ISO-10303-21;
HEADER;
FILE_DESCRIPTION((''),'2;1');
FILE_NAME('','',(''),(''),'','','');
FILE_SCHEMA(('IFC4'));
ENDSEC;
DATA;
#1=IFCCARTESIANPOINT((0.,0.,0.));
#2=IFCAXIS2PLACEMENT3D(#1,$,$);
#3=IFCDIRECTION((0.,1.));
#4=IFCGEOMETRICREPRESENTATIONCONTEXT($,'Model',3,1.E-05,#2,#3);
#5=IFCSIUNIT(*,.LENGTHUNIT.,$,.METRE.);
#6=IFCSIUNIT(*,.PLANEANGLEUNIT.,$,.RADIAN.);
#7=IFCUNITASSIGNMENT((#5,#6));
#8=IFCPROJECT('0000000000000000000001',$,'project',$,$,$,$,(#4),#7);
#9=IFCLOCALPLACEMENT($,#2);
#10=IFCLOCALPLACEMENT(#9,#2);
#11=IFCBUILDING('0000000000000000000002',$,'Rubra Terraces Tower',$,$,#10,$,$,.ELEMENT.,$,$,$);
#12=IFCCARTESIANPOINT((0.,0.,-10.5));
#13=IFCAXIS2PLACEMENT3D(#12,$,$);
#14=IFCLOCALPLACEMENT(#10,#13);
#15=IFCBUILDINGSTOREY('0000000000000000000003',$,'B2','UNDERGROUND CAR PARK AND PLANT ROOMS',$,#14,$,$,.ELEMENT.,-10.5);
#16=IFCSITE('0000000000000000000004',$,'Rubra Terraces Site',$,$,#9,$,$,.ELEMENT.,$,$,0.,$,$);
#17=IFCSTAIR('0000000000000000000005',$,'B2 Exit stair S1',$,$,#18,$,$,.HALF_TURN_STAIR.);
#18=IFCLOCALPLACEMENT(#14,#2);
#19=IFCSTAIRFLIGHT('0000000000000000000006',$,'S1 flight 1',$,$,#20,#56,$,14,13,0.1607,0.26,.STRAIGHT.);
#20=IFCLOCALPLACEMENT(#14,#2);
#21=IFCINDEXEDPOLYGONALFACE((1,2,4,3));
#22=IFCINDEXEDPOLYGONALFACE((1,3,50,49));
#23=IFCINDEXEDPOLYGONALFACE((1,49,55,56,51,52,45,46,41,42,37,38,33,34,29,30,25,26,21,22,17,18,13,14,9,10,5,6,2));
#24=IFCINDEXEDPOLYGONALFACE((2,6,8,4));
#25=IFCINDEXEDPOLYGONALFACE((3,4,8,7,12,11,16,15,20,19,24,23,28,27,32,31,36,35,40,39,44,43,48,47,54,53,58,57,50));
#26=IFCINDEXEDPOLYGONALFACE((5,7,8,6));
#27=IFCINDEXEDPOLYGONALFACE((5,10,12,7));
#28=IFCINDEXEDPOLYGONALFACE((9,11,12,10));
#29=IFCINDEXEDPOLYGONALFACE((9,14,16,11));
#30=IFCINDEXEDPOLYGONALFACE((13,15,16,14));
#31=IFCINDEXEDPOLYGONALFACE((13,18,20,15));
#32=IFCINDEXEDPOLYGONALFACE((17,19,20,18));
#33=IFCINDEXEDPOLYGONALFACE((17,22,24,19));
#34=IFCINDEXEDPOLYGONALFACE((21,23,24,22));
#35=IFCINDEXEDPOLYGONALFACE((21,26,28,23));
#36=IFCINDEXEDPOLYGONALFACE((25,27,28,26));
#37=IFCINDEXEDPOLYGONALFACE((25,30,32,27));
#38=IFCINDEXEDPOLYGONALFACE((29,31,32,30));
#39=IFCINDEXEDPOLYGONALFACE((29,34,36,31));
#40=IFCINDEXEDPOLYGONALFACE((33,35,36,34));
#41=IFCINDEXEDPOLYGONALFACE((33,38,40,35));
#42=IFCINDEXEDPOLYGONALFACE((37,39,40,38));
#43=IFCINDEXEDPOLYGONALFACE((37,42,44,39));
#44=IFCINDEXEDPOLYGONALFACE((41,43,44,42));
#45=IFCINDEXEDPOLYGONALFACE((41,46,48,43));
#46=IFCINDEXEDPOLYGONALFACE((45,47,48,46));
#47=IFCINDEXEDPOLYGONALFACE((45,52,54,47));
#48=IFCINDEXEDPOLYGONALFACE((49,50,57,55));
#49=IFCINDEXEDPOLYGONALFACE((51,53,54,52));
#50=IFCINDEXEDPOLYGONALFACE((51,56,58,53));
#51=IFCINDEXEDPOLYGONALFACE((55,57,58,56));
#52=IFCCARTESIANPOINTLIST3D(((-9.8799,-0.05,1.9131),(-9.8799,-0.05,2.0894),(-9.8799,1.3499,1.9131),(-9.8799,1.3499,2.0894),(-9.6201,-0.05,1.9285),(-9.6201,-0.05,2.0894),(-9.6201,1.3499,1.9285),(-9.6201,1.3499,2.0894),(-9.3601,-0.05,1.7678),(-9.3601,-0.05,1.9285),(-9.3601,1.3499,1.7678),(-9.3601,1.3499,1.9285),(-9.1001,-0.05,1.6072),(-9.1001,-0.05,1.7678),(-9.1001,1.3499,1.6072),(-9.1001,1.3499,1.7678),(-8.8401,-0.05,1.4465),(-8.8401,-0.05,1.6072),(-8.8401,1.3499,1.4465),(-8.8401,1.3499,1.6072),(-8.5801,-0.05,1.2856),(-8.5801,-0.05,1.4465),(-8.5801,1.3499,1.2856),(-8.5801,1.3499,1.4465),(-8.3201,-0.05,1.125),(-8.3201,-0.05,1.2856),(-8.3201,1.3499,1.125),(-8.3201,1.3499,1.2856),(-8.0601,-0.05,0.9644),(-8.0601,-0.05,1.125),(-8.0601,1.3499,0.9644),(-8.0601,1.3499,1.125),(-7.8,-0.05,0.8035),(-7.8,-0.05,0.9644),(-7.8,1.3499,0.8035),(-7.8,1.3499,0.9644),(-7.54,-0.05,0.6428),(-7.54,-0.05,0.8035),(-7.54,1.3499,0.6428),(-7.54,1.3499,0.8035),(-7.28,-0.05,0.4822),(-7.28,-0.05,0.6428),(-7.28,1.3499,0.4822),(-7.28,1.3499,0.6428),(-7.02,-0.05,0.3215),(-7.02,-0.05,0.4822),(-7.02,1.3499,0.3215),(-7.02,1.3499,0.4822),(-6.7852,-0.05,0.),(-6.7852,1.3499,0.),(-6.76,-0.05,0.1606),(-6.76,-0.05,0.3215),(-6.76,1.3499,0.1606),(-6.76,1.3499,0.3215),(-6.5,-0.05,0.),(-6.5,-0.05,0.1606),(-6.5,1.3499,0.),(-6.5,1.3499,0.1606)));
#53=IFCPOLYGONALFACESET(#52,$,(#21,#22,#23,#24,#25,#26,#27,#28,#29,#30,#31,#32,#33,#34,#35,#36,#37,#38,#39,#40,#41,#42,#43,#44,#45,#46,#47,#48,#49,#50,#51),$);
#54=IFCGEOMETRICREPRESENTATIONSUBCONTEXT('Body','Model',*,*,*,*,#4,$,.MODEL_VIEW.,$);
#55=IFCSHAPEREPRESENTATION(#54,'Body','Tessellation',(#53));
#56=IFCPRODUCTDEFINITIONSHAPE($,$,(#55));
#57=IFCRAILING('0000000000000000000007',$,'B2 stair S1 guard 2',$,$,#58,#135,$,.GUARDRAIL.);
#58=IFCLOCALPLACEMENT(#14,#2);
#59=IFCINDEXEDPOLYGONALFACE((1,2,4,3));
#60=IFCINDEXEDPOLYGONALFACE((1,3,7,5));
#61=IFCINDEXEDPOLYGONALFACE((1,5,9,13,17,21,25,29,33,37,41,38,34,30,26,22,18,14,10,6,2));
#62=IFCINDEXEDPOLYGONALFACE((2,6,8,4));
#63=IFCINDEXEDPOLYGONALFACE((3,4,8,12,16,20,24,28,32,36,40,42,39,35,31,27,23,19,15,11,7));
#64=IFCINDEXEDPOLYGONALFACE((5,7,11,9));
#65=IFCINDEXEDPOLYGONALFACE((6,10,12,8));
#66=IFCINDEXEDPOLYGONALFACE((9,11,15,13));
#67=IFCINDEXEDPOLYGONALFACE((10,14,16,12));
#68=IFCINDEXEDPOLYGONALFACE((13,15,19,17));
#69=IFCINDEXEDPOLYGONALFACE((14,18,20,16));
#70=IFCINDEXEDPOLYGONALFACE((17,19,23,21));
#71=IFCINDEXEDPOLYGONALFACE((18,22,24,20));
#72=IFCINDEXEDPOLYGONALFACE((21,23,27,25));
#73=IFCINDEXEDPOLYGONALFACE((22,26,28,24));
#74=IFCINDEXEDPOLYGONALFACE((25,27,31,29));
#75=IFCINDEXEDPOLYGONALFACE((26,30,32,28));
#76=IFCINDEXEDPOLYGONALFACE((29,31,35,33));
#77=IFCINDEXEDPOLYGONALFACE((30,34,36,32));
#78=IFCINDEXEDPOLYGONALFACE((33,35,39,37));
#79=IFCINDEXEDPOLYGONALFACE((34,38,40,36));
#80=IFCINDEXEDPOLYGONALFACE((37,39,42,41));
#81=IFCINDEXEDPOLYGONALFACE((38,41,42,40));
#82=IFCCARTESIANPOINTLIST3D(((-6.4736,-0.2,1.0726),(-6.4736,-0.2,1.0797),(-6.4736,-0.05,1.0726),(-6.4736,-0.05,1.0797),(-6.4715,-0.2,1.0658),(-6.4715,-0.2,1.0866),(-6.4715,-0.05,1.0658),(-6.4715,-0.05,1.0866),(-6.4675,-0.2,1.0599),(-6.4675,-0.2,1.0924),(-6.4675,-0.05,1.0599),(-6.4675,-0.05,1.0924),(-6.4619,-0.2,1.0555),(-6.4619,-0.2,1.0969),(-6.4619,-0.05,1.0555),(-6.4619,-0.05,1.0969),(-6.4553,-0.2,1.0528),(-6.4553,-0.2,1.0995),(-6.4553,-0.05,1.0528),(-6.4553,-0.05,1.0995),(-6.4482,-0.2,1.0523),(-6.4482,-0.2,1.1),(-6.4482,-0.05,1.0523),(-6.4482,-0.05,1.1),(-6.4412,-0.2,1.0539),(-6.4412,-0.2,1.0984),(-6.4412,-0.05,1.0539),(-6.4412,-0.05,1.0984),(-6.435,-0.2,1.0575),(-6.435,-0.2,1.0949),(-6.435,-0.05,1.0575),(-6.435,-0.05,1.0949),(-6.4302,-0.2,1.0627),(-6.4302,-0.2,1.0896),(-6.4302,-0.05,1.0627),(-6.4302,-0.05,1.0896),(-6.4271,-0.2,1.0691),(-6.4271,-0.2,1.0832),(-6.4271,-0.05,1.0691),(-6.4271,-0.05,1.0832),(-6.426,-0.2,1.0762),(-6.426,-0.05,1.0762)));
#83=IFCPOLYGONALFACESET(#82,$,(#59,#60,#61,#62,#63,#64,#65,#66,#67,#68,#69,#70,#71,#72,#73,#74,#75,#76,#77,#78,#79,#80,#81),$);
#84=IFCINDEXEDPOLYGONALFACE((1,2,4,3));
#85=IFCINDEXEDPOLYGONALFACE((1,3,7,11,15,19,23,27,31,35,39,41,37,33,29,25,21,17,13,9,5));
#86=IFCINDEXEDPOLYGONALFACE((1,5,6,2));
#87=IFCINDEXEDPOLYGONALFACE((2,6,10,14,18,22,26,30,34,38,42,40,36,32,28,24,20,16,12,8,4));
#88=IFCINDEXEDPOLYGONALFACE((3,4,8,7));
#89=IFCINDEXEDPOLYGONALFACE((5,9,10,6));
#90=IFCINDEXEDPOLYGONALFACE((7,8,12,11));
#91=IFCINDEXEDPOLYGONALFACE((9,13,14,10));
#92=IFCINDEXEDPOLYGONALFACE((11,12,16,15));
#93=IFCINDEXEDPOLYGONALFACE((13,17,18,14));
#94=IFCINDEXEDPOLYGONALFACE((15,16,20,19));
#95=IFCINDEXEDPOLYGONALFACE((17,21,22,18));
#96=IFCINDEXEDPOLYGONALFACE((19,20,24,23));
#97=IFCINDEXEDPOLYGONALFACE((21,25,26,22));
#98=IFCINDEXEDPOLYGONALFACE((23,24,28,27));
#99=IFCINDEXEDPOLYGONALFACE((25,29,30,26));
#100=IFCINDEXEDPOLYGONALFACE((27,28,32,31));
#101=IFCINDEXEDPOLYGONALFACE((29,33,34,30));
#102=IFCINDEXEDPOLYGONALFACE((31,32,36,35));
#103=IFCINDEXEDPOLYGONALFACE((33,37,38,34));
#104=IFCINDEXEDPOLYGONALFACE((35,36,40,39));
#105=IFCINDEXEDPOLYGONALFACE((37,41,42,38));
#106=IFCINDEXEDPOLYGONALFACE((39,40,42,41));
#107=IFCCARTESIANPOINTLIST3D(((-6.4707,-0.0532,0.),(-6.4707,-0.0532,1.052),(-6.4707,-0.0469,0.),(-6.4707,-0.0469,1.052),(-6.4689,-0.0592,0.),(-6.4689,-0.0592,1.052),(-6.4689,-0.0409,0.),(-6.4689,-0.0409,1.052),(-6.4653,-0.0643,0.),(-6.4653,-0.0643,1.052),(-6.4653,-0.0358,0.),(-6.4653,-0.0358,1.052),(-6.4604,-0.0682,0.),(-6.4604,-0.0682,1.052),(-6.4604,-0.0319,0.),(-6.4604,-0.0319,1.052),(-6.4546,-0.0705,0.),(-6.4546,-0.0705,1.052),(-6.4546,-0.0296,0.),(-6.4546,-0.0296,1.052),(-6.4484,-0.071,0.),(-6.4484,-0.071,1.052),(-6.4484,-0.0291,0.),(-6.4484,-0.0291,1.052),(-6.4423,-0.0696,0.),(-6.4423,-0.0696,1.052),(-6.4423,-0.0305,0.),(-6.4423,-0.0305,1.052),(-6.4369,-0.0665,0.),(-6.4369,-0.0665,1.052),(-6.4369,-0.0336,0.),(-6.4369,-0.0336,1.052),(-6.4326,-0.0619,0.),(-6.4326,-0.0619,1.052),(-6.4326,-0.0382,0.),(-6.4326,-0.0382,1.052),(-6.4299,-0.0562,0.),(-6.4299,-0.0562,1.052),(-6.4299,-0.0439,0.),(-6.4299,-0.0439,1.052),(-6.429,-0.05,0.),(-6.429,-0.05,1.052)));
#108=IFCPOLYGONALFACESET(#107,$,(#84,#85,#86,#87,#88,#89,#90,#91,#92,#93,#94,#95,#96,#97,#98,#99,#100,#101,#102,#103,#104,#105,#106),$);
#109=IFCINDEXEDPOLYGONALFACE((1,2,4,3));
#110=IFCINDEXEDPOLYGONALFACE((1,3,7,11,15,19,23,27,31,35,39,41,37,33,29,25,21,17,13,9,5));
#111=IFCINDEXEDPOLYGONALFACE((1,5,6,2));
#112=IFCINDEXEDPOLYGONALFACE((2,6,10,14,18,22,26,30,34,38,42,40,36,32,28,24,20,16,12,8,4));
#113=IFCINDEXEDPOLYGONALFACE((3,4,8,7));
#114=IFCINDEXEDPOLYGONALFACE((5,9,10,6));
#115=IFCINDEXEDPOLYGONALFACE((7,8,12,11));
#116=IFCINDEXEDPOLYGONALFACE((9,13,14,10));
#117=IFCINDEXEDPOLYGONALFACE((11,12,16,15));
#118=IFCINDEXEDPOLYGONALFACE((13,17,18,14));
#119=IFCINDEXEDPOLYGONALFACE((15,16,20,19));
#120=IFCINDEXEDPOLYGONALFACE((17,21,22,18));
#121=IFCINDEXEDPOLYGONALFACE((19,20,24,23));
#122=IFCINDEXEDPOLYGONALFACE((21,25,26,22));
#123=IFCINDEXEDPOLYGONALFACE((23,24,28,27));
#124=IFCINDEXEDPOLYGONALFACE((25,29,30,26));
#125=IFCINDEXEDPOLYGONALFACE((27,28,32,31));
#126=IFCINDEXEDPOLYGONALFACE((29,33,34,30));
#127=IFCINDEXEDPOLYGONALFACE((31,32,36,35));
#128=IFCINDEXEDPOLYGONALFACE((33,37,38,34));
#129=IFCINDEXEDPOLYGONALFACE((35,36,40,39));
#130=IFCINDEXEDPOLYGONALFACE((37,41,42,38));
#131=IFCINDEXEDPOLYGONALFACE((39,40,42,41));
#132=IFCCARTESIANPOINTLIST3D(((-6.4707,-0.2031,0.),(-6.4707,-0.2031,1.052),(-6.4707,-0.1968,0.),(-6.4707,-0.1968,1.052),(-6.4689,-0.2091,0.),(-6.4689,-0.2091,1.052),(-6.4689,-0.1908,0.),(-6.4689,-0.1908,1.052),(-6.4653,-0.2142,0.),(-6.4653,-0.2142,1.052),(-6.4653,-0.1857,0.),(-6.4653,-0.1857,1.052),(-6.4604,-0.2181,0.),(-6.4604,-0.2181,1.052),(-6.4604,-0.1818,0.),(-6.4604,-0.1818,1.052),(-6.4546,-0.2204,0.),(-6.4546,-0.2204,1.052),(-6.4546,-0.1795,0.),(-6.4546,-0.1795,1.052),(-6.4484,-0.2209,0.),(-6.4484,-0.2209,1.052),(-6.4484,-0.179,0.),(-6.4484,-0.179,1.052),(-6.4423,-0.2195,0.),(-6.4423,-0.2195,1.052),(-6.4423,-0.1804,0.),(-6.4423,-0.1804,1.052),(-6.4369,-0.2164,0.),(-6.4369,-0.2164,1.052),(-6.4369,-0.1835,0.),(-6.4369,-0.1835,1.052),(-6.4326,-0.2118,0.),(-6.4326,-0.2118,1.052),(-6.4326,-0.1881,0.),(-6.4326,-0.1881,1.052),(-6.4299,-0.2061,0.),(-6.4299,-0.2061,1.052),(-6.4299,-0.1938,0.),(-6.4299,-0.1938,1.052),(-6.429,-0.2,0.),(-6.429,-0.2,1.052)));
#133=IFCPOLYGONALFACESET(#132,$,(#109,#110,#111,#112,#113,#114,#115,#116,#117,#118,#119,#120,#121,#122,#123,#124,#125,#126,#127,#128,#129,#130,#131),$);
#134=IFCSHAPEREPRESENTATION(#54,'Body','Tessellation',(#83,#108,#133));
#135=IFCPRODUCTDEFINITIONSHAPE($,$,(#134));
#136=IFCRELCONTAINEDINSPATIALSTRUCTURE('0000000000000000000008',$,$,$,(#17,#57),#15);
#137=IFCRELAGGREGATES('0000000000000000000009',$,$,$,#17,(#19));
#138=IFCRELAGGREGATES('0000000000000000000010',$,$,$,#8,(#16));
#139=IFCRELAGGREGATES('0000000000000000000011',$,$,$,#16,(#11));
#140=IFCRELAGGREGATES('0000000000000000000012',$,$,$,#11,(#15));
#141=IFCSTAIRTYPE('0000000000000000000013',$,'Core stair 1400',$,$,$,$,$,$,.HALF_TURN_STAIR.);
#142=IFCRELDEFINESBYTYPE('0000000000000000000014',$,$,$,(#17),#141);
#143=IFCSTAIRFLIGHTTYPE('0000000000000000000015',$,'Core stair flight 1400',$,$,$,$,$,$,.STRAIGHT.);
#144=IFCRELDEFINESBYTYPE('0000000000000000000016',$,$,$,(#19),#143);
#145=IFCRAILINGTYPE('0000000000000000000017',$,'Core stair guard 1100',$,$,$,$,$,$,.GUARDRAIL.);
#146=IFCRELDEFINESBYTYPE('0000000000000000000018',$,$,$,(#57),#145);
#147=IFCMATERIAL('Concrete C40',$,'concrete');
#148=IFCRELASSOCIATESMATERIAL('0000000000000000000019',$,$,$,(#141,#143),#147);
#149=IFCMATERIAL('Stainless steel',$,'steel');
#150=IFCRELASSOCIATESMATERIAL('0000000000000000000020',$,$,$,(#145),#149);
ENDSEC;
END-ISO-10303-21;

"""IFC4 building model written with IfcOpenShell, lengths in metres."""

from ifc_helpers import new_model, si_unit, direction, frame, origin, origin_2d, place, context, subcontext, project, spatial, polyline, circle, outline, extrude, material, type_object, element, aggregate, save


model = new_model("IFC4")

# Units and contexts
model_context = context("Model", 3, precision=1e-05, world=origin(), true_north=direction((0.0, 1.0)))
body_context = subcontext(model_context, "Body", "Model", "MODEL_VIEW")
ifc_project = project(units=[si_unit("LENGTHUNIT", "METRE"), si_unit("PLANEANGLEUNIT", "RADIAN")], contexts=[model_context])

# Site, building, storey
site_placement = place(None, origin())
site = spatial("IfcSite", under=ifc_project, at=site_placement, Name="Rubra Terraces Site", CompositionType="ELEMENT", RefElevation=0.0)
building_placement = place(site_placement, origin())
building = spatial("IfcBuilding", under=site, at=building_placement, Name="Rubra Terraces Tower", CompositionType="ELEMENT")
storey_placement = place(building_placement, frame((0.0, 0.0, -10.5)))
storey = spatial("IfcBuildingStorey", under=building, at=storey_placement, Name="B2", Description="UNDERGROUND CAR PARK AND PLANT ROOMS", CompositionType="ELEMENT", Elevation=-10.5)

# Shared definitions
ifc_material_1 = material(Name="Concrete C40", Category="concrete")

# Stair
stair_type = type_object("IfcStairType", Name="Core stair 1400", PredefinedType="HALF_TURN_STAIR", material=ifc_material_1)
stair_1_placement = place(storey_placement, origin())
stair_1 = element("IfcStair", 1, at=stair_1_placement, inside=storey, type_object=stair_type, Name="B2 Exit stair S1", PredefinedType="HALF_TURN_STAIR")

# Shared definitions
ifc_material_2 = material(Name="Stainless steel", Category="steel")

# Stair flight
stair_flight_type = type_object("IfcStairFlightType", Name="Core stair flight 1400", PredefinedType="STRAIGHT", material=ifc_material_1)
stair_flight_placement = place(storey_placement, frame((-6.5, 0.6499, 0.0), z_axis=(0.0, 0.0, 1.0), x_axis=(-1.0, 0.0, 0.0)))
stair_flight = element("IfcStairFlight", 2, at=stair_flight_placement, type_object=stair_flight_type, Name="S1 flight 1", NumberOfRisers=14, NumberOfTreads=13, PredefinedType="STRAIGHT", RiserHeight=0.1607, TreadLength=0.26, context=body_context, shape_type="SweptSolid", body=[
    extrude(outline(polyline([(0.0, 0.0), (0.0, 0.1606), (0.26, 0.1606), (0.26, 0.3215), (0.52, 0.3215), (0.52, 0.4822), (0.78, 0.4822), (0.78, 0.6428), (1.04, 0.6428), (1.04, 0.8035), (1.3, 0.8035), (1.3, 0.9644), (1.5601, 0.9644), (1.5601, 1.125), (1.8201, 1.125), (1.8201, 1.2856), (2.0801, 1.2856), (2.0801, 1.4465), (2.3401, 1.4465), (2.3401, 1.6072), (2.6001, 1.6072), (2.6001, 1.7678), (2.8601, 1.7678), (2.8601, 1.9285), (3.1201, 1.9285), (3.1201, 2.0894), (3.3799, 2.0894), (3.3799, 2.25), (3.3799, 1.9131), (0.2852, 0.0), (0.0, 0.0)])), frame((0.0, 0.7, 0.0), z_axis=(0.0, -1.0, 0.0), x_axis=(1.0, 0.0, 0.0)), (0.0, 0.0, 1.0), 1.3999),
])
aggregate(stair_1, [stair_flight])

# Railing
railing_type_1 = type_object("IfcRailingType", Name="Core stair guard 1100", PredefinedType="GUARDRAIL", material=ifc_material_2)
railing_1_placement = place(storey_placement, frame((-6.45, -0.05, 0.0)))
element("IfcRailing", 3, at=railing_1_placement, inside=storey, type_object=railing_type_1, Name="B2 stair S1 guard 2", PredefinedType="GUARDRAIL", context=body_context, shape_type="SweptSolid", body=[
    extrude(circle(Radius=0.0239, at=origin_2d()), frame((0.0, 0.0, 1.0762), z_axis=(0.0, -1.0, 0.0), x_axis=(1.0, 0.0, 0.0)), (0.0, 0.0, 1.0), 0.1499),
    extrude(circle(Radius=0.021, at=origin_2d()), origin(), (0.0, 0.0, 1.0), 1.052),
    extrude(circle(Radius=0.021, at=origin_2d()), frame((0.0, -0.1499, 0.0)), (0.0, 0.0, 1.0), 1.052),
])

save(model, "model.ifc")
